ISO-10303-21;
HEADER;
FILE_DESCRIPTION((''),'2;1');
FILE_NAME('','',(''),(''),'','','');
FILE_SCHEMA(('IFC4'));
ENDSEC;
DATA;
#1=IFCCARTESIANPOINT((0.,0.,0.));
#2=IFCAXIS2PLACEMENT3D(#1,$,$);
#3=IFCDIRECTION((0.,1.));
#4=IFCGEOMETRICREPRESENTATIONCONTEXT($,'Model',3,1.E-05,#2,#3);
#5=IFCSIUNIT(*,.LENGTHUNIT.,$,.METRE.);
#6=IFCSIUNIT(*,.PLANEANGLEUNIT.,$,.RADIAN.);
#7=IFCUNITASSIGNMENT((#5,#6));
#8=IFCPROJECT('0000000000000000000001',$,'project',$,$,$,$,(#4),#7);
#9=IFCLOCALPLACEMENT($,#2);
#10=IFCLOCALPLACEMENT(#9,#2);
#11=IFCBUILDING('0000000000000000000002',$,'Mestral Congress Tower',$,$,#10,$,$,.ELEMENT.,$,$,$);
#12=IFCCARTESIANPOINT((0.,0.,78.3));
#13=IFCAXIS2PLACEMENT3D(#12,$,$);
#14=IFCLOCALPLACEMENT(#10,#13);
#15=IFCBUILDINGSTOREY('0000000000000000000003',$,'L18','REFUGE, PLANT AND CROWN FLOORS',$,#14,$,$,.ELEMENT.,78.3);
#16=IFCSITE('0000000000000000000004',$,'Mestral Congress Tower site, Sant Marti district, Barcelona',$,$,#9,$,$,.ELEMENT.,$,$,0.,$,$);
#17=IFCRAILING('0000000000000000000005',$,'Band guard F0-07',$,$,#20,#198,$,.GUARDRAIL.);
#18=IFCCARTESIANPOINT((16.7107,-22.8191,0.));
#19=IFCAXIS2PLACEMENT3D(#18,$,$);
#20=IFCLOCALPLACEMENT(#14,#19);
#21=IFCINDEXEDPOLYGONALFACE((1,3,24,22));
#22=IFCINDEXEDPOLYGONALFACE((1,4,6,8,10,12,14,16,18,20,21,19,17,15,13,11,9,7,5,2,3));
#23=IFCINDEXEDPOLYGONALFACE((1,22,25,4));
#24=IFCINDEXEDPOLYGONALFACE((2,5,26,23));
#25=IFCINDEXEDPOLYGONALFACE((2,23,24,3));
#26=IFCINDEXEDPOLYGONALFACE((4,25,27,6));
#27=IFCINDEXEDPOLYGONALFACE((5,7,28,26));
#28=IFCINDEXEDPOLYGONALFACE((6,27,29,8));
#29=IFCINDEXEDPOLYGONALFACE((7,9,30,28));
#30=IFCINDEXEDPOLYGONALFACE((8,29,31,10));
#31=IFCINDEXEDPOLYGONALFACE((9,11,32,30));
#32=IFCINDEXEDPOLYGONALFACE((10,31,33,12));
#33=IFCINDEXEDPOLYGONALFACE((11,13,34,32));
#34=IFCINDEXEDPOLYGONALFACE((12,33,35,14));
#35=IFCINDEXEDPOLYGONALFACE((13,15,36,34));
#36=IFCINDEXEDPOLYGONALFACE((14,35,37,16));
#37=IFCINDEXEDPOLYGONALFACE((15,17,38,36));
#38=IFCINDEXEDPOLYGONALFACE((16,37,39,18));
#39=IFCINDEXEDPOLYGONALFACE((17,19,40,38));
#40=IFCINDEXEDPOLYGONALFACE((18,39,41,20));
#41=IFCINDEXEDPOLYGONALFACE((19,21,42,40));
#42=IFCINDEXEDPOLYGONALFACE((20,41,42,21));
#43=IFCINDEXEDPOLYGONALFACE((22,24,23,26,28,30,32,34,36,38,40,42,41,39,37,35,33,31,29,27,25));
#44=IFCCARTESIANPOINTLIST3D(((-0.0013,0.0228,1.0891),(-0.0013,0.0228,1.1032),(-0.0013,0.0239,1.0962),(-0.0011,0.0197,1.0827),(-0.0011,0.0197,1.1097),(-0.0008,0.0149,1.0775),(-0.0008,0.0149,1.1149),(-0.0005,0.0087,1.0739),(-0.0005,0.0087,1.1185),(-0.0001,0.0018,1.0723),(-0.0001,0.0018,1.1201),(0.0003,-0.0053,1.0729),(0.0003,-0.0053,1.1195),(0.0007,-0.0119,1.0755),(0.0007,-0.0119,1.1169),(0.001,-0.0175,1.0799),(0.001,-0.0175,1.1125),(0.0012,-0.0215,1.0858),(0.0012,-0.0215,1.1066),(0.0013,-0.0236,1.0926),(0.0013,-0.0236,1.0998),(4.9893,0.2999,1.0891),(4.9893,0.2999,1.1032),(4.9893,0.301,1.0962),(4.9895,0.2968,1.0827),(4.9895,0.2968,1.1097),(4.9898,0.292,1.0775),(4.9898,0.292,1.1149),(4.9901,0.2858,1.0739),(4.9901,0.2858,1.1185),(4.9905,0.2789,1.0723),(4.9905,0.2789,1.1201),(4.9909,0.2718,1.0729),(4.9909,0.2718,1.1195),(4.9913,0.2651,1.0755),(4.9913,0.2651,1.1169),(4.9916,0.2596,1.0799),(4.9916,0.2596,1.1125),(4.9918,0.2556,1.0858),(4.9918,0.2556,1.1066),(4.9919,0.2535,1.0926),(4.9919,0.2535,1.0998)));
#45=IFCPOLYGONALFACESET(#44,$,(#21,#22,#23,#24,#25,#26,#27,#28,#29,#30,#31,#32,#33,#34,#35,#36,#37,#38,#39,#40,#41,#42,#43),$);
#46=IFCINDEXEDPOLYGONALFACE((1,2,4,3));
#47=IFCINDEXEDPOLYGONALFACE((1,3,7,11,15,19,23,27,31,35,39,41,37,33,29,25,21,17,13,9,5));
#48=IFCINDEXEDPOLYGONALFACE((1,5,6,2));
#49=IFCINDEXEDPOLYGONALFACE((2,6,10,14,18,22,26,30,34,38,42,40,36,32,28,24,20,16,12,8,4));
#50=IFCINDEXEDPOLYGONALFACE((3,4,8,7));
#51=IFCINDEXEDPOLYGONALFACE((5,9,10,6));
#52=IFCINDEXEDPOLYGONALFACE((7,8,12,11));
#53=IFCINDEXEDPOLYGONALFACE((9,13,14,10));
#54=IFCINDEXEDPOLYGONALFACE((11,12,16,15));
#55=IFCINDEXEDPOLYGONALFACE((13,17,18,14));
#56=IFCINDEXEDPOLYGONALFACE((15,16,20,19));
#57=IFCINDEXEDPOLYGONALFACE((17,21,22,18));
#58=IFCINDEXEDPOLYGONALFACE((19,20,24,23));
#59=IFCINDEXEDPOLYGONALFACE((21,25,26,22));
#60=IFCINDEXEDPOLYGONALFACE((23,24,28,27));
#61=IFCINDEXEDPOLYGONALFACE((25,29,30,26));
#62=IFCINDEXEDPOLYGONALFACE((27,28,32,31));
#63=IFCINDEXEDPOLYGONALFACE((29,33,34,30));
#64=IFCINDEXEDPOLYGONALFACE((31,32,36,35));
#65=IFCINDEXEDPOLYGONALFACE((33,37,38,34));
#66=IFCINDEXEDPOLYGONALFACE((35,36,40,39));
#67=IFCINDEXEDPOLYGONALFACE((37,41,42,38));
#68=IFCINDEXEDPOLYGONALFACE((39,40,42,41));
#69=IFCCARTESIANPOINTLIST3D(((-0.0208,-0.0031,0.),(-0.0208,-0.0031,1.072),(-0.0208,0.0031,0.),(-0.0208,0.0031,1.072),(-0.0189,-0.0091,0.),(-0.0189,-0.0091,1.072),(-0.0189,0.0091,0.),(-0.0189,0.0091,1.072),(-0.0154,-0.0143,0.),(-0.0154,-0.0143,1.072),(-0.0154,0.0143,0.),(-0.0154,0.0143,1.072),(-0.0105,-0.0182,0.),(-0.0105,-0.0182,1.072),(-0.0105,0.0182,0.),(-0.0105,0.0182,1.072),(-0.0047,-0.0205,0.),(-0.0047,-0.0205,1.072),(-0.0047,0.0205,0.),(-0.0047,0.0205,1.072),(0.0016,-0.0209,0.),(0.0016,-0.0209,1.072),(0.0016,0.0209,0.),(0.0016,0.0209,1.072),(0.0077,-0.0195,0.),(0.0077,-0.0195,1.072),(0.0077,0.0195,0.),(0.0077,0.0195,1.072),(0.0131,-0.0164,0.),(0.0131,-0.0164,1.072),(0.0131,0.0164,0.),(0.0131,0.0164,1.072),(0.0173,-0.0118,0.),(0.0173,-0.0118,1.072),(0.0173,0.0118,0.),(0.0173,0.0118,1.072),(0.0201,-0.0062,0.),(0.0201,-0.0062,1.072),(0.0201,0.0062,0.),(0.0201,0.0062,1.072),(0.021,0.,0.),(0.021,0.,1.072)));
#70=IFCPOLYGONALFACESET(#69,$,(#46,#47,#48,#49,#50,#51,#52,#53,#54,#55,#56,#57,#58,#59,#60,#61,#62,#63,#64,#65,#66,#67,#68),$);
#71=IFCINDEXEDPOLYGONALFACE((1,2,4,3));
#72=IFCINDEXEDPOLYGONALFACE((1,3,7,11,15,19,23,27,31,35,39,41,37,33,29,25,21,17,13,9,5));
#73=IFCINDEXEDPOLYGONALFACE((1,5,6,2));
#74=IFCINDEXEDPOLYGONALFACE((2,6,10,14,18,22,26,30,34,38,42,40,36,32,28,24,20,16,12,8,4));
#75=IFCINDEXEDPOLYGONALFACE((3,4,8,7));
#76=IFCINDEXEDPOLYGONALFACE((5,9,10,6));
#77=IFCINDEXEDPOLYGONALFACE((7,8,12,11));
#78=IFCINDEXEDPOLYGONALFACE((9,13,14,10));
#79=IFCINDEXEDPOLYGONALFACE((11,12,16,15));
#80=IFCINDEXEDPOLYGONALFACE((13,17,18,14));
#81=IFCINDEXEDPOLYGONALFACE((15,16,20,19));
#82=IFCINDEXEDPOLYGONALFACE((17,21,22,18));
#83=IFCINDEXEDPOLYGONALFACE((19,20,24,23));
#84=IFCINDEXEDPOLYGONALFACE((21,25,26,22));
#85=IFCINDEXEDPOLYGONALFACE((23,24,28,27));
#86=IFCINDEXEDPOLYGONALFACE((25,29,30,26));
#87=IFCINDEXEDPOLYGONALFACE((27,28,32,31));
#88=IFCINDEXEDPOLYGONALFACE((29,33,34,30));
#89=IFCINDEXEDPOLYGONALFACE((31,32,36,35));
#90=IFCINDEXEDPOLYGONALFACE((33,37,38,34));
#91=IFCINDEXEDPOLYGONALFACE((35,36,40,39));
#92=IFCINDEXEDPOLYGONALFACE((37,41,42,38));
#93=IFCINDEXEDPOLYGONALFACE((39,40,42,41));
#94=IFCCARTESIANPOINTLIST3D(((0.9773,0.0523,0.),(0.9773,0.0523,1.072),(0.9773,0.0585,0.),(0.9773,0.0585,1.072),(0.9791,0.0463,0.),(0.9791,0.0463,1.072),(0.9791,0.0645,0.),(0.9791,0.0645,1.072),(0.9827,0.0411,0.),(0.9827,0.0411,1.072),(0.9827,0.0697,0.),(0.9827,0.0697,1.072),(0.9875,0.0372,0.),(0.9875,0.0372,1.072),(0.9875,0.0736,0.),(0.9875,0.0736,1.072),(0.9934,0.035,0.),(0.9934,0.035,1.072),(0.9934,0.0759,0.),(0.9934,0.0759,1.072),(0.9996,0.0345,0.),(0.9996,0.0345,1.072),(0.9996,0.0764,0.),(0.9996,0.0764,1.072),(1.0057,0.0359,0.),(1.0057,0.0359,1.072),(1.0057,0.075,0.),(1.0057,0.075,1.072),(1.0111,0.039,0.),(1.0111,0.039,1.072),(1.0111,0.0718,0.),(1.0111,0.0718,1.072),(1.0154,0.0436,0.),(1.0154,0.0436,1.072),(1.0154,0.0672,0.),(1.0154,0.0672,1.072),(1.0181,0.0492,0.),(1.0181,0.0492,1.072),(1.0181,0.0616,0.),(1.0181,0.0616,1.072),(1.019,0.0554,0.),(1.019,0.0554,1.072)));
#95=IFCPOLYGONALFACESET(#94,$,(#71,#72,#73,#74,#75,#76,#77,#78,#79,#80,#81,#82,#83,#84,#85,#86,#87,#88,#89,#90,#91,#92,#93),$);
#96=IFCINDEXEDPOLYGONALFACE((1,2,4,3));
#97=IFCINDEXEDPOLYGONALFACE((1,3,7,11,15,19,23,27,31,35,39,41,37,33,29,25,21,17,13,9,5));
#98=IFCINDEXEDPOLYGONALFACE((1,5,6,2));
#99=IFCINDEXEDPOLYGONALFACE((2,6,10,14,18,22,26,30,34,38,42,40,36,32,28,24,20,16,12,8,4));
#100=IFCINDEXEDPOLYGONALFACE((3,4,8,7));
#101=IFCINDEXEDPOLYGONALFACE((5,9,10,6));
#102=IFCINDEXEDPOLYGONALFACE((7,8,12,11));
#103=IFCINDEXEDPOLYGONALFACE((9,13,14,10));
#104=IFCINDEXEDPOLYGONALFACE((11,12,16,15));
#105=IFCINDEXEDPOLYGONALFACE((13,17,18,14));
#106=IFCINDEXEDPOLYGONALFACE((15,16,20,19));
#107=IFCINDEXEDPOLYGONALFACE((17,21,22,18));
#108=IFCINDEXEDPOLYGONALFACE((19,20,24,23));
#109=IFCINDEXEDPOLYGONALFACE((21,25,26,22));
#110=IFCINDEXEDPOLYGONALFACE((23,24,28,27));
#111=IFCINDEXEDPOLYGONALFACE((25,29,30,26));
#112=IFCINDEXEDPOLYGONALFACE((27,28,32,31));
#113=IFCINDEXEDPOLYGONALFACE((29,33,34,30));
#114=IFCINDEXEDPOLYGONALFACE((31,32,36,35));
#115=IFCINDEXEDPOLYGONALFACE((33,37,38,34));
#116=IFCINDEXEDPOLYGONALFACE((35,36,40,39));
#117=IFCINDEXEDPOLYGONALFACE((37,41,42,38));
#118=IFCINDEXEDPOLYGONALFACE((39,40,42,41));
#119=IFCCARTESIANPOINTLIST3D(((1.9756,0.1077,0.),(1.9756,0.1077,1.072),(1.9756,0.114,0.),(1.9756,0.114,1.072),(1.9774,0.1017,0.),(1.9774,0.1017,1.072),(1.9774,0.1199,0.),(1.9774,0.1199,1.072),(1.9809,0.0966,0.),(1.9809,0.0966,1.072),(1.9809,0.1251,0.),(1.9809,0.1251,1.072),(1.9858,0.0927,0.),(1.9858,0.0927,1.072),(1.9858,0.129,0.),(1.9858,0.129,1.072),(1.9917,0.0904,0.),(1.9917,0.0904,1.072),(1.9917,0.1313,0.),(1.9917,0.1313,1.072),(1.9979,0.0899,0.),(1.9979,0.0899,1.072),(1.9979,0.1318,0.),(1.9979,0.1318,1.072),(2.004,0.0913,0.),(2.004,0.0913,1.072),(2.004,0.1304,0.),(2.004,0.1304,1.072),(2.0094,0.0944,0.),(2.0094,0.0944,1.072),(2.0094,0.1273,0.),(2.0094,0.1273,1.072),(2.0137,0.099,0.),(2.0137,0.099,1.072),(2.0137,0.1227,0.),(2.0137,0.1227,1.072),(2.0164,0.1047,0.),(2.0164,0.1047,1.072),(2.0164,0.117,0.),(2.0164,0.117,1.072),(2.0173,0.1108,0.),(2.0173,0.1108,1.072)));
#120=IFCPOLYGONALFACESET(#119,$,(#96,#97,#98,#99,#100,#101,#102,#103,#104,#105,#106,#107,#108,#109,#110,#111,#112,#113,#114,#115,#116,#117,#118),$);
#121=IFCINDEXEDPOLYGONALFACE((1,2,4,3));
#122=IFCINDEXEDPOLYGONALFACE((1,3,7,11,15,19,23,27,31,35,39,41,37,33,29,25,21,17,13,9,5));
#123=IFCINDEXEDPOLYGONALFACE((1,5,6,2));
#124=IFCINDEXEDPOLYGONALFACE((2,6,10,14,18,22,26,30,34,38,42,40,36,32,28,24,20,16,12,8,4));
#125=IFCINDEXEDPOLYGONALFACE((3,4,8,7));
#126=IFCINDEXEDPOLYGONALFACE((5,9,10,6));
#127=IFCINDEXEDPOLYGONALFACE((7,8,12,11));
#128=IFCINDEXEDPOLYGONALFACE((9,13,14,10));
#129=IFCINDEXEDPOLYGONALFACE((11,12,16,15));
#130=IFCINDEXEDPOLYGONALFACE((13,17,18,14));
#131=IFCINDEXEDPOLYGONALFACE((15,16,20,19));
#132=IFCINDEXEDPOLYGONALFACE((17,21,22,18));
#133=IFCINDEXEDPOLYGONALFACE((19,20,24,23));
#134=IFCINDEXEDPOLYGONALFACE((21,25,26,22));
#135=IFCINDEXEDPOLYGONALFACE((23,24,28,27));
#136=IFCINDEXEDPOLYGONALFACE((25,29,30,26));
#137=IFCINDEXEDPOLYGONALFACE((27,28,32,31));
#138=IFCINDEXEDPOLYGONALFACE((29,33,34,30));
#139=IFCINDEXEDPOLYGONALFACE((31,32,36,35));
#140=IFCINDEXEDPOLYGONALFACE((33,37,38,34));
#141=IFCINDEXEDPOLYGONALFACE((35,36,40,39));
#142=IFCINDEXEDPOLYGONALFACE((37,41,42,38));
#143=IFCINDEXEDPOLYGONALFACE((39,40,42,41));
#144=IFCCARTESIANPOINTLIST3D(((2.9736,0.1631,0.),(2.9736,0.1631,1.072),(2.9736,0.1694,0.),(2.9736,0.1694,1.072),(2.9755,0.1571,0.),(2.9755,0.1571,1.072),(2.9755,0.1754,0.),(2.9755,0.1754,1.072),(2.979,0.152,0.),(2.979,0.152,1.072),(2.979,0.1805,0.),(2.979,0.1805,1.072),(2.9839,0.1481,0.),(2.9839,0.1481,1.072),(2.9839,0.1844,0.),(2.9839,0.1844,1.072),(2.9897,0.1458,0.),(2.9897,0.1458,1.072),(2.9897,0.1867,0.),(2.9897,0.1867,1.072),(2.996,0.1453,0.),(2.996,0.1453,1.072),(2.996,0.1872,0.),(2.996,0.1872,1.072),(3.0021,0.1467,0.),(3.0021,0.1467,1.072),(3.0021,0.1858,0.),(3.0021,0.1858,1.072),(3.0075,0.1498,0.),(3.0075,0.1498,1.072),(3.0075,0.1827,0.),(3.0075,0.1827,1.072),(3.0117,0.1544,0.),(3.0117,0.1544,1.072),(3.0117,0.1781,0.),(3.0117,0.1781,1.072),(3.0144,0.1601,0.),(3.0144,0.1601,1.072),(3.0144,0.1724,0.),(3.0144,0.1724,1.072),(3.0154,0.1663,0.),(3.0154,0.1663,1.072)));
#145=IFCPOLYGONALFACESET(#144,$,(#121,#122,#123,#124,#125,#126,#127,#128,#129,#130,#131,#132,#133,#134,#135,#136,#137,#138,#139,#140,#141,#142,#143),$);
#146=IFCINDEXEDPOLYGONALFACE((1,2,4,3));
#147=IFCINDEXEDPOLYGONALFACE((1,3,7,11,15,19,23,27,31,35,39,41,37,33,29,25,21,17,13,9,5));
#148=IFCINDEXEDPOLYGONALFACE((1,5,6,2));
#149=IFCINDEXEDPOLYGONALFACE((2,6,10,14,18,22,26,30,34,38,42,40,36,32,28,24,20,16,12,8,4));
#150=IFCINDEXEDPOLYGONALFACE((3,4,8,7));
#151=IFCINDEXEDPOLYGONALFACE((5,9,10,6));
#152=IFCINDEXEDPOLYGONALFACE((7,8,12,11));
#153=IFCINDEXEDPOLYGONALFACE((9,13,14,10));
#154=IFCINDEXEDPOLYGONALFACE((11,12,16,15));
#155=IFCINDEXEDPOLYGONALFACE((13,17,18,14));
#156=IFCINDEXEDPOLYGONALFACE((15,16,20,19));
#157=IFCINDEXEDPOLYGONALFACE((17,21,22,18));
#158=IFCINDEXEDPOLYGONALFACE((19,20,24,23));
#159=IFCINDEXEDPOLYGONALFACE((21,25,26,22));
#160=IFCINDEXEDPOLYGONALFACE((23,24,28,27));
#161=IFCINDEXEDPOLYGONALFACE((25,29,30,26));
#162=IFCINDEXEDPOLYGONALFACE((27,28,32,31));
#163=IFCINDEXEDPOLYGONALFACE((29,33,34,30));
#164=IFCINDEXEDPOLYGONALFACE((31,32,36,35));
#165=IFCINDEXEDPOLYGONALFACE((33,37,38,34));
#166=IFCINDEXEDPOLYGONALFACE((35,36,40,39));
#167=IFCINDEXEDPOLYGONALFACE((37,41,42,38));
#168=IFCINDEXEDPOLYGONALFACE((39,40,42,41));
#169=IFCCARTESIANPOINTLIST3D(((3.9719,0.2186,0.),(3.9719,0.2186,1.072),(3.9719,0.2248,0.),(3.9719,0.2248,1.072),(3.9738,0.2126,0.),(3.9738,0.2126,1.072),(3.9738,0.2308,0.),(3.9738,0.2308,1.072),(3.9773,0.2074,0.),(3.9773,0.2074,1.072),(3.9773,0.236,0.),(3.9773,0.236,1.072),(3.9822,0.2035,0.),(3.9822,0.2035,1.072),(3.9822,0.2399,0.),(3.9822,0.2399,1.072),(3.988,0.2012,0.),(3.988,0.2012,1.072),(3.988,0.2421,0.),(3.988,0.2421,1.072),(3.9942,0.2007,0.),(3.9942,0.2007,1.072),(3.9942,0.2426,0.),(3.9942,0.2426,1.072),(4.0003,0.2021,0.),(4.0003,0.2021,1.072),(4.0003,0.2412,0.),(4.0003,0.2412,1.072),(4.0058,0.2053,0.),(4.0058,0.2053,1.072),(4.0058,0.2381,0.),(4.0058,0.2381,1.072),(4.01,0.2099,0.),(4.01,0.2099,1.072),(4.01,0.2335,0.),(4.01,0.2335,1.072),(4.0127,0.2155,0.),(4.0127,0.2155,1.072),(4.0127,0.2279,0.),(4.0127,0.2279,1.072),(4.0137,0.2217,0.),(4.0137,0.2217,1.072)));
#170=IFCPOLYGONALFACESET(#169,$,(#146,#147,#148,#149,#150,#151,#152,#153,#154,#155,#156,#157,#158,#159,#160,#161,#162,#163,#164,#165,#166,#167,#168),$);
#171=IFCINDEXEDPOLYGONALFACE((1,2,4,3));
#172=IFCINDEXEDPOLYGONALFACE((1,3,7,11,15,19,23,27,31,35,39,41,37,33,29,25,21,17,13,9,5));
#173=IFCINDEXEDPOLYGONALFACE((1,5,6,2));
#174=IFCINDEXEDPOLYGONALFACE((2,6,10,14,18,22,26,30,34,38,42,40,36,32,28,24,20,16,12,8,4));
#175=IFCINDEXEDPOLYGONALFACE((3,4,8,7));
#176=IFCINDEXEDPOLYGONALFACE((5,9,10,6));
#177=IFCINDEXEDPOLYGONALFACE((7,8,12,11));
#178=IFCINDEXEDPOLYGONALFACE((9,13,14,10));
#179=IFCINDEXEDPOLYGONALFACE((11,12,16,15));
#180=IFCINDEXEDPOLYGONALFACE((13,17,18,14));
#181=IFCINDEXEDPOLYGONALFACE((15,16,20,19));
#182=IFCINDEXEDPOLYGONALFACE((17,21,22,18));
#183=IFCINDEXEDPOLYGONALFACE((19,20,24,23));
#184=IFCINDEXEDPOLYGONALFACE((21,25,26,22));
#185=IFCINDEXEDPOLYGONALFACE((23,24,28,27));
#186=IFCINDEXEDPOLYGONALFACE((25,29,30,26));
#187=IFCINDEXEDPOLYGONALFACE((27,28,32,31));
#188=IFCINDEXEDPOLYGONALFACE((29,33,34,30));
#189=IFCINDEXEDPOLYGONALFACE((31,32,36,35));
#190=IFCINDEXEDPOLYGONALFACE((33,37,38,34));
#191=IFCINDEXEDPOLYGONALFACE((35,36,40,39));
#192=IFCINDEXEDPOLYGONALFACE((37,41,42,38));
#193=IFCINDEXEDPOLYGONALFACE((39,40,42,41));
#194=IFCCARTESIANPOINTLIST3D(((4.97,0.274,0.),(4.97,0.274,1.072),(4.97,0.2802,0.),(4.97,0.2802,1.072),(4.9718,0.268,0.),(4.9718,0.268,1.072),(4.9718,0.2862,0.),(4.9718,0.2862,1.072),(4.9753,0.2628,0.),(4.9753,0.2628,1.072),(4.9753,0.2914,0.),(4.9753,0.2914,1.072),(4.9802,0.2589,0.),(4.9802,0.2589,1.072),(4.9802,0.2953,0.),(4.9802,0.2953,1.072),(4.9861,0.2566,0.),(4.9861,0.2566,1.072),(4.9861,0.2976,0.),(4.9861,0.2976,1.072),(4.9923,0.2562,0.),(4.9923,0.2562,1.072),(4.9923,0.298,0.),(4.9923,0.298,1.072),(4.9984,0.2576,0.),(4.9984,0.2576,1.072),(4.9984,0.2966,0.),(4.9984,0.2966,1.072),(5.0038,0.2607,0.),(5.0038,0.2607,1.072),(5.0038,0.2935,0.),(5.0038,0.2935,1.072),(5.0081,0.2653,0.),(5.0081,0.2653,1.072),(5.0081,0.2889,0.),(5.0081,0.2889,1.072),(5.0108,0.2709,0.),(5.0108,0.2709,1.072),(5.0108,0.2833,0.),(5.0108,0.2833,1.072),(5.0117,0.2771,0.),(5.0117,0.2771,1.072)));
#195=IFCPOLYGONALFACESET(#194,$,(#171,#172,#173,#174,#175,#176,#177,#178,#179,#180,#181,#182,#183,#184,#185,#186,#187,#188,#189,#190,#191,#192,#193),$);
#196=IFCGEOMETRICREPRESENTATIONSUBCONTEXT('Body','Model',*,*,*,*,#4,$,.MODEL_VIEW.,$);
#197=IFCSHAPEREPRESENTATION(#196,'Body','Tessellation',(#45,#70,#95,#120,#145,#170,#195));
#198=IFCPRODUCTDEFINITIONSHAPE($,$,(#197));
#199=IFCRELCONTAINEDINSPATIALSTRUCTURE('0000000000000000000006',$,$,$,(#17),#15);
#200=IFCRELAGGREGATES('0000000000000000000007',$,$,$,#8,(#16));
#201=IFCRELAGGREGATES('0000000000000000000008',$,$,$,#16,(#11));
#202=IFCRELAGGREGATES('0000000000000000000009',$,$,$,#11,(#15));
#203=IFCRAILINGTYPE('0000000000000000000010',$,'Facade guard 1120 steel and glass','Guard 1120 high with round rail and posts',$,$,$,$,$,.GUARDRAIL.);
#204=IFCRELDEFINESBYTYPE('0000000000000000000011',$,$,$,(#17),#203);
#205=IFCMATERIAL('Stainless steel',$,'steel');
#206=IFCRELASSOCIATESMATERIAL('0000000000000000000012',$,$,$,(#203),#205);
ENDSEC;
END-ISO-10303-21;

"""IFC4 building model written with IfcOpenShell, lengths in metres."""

from ifc_helpers import new_model, si_unit, direction, frame, origin, origin_2d, place, context, subcontext, project, spatial, circle, extrude, material, type_object, element, save


model = new_model("IFC4")

# Units and contexts
model_context = context("Model", 3, precision=1e-05, world=origin(), true_north=direction((0.0, 1.0)))
body_context = subcontext(model_context, "Body", "Model", "MODEL_VIEW")
ifc_project = project(units=[si_unit("LENGTHUNIT", "METRE"), si_unit("PLANEANGLEUNIT", "RADIAN")], contexts=[model_context])

# Site, building, storey
site_placement = place(None, origin())
site = spatial("IfcSite", under=ifc_project, at=site_placement, Name="Mestral Congress Tower site, Sant Marti district, Barcelona", CompositionType="ELEMENT", RefElevation=0.0)
building_placement = place(site_placement, origin())
building = spatial("IfcBuilding", under=site, at=building_placement, Name="Mestral Congress Tower", CompositionType="ELEMENT")
storey_placement = place(building_placement, frame((0.0, 0.0, 78.3)))
storey = spatial("IfcBuildingStorey", under=building, at=storey_placement, Name="L18", Description="REFUGE, PLANT AND CROWN FLOORS", CompositionType="ELEMENT", Elevation=78.3)

# Railing
ifc_material_1 = material(Name="Stainless steel", Category="steel")
railing_type = type_object("IfcRailingType", Name="Facade guard 1120 steel and glass", Description="Guard 1120 high with round rail and posts", PredefinedType="GUARDRAIL", material=ifc_material_1)
railing_1_placement = place(storey_placement, frame((16.7107, -22.8191, 0.0)))
element("IfcRailing", 1, at=railing_1_placement, inside=storey, type_object=railing_type, Name="Band guard F0-07", PredefinedType="GUARDRAIL", context=body_context, shape_type="SweptSolid", body=[
    extrude(circle(Radius=0.0239, at=origin_2d()), frame((0.0, 0.0, 1.0962), z_axis=(0.998462, 0.055438, 0.0), x_axis=(-0.055438, 0.998462, 0.0)), (0.0, 0.0, 1.0), 4.9983),
    extrude(circle(Radius=0.021, at=origin_2d()), origin(), (0.0, 0.0, 1.0), 1.072),
    extrude(circle(Radius=0.021, at=origin_2d()), frame((0.998, 0.0554, 0.0)), (0.0, 0.0, 1.0), 1.072),
    extrude(circle(Radius=0.021, at=origin_2d()), frame((1.9963, 0.1108, 0.0)), (0.0, 0.0, 1.0), 1.072),
    extrude(circle(Radius=0.021, at=origin_2d()), frame((2.9944, 0.1663, 0.0)), (0.0, 0.0, 1.0), 1.072),
    extrude(circle(Radius=0.021, at=origin_2d()), frame((3.9927, 0.2217, 0.0)), (0.0, 0.0, 1.0), 1.072),
    extrude(circle(Radius=0.021, at=origin_2d()), frame((4.9907, 0.2771, 0.0)), (0.0, 0.0, 1.0), 1.072),
])

save(model, "model.ifc")
